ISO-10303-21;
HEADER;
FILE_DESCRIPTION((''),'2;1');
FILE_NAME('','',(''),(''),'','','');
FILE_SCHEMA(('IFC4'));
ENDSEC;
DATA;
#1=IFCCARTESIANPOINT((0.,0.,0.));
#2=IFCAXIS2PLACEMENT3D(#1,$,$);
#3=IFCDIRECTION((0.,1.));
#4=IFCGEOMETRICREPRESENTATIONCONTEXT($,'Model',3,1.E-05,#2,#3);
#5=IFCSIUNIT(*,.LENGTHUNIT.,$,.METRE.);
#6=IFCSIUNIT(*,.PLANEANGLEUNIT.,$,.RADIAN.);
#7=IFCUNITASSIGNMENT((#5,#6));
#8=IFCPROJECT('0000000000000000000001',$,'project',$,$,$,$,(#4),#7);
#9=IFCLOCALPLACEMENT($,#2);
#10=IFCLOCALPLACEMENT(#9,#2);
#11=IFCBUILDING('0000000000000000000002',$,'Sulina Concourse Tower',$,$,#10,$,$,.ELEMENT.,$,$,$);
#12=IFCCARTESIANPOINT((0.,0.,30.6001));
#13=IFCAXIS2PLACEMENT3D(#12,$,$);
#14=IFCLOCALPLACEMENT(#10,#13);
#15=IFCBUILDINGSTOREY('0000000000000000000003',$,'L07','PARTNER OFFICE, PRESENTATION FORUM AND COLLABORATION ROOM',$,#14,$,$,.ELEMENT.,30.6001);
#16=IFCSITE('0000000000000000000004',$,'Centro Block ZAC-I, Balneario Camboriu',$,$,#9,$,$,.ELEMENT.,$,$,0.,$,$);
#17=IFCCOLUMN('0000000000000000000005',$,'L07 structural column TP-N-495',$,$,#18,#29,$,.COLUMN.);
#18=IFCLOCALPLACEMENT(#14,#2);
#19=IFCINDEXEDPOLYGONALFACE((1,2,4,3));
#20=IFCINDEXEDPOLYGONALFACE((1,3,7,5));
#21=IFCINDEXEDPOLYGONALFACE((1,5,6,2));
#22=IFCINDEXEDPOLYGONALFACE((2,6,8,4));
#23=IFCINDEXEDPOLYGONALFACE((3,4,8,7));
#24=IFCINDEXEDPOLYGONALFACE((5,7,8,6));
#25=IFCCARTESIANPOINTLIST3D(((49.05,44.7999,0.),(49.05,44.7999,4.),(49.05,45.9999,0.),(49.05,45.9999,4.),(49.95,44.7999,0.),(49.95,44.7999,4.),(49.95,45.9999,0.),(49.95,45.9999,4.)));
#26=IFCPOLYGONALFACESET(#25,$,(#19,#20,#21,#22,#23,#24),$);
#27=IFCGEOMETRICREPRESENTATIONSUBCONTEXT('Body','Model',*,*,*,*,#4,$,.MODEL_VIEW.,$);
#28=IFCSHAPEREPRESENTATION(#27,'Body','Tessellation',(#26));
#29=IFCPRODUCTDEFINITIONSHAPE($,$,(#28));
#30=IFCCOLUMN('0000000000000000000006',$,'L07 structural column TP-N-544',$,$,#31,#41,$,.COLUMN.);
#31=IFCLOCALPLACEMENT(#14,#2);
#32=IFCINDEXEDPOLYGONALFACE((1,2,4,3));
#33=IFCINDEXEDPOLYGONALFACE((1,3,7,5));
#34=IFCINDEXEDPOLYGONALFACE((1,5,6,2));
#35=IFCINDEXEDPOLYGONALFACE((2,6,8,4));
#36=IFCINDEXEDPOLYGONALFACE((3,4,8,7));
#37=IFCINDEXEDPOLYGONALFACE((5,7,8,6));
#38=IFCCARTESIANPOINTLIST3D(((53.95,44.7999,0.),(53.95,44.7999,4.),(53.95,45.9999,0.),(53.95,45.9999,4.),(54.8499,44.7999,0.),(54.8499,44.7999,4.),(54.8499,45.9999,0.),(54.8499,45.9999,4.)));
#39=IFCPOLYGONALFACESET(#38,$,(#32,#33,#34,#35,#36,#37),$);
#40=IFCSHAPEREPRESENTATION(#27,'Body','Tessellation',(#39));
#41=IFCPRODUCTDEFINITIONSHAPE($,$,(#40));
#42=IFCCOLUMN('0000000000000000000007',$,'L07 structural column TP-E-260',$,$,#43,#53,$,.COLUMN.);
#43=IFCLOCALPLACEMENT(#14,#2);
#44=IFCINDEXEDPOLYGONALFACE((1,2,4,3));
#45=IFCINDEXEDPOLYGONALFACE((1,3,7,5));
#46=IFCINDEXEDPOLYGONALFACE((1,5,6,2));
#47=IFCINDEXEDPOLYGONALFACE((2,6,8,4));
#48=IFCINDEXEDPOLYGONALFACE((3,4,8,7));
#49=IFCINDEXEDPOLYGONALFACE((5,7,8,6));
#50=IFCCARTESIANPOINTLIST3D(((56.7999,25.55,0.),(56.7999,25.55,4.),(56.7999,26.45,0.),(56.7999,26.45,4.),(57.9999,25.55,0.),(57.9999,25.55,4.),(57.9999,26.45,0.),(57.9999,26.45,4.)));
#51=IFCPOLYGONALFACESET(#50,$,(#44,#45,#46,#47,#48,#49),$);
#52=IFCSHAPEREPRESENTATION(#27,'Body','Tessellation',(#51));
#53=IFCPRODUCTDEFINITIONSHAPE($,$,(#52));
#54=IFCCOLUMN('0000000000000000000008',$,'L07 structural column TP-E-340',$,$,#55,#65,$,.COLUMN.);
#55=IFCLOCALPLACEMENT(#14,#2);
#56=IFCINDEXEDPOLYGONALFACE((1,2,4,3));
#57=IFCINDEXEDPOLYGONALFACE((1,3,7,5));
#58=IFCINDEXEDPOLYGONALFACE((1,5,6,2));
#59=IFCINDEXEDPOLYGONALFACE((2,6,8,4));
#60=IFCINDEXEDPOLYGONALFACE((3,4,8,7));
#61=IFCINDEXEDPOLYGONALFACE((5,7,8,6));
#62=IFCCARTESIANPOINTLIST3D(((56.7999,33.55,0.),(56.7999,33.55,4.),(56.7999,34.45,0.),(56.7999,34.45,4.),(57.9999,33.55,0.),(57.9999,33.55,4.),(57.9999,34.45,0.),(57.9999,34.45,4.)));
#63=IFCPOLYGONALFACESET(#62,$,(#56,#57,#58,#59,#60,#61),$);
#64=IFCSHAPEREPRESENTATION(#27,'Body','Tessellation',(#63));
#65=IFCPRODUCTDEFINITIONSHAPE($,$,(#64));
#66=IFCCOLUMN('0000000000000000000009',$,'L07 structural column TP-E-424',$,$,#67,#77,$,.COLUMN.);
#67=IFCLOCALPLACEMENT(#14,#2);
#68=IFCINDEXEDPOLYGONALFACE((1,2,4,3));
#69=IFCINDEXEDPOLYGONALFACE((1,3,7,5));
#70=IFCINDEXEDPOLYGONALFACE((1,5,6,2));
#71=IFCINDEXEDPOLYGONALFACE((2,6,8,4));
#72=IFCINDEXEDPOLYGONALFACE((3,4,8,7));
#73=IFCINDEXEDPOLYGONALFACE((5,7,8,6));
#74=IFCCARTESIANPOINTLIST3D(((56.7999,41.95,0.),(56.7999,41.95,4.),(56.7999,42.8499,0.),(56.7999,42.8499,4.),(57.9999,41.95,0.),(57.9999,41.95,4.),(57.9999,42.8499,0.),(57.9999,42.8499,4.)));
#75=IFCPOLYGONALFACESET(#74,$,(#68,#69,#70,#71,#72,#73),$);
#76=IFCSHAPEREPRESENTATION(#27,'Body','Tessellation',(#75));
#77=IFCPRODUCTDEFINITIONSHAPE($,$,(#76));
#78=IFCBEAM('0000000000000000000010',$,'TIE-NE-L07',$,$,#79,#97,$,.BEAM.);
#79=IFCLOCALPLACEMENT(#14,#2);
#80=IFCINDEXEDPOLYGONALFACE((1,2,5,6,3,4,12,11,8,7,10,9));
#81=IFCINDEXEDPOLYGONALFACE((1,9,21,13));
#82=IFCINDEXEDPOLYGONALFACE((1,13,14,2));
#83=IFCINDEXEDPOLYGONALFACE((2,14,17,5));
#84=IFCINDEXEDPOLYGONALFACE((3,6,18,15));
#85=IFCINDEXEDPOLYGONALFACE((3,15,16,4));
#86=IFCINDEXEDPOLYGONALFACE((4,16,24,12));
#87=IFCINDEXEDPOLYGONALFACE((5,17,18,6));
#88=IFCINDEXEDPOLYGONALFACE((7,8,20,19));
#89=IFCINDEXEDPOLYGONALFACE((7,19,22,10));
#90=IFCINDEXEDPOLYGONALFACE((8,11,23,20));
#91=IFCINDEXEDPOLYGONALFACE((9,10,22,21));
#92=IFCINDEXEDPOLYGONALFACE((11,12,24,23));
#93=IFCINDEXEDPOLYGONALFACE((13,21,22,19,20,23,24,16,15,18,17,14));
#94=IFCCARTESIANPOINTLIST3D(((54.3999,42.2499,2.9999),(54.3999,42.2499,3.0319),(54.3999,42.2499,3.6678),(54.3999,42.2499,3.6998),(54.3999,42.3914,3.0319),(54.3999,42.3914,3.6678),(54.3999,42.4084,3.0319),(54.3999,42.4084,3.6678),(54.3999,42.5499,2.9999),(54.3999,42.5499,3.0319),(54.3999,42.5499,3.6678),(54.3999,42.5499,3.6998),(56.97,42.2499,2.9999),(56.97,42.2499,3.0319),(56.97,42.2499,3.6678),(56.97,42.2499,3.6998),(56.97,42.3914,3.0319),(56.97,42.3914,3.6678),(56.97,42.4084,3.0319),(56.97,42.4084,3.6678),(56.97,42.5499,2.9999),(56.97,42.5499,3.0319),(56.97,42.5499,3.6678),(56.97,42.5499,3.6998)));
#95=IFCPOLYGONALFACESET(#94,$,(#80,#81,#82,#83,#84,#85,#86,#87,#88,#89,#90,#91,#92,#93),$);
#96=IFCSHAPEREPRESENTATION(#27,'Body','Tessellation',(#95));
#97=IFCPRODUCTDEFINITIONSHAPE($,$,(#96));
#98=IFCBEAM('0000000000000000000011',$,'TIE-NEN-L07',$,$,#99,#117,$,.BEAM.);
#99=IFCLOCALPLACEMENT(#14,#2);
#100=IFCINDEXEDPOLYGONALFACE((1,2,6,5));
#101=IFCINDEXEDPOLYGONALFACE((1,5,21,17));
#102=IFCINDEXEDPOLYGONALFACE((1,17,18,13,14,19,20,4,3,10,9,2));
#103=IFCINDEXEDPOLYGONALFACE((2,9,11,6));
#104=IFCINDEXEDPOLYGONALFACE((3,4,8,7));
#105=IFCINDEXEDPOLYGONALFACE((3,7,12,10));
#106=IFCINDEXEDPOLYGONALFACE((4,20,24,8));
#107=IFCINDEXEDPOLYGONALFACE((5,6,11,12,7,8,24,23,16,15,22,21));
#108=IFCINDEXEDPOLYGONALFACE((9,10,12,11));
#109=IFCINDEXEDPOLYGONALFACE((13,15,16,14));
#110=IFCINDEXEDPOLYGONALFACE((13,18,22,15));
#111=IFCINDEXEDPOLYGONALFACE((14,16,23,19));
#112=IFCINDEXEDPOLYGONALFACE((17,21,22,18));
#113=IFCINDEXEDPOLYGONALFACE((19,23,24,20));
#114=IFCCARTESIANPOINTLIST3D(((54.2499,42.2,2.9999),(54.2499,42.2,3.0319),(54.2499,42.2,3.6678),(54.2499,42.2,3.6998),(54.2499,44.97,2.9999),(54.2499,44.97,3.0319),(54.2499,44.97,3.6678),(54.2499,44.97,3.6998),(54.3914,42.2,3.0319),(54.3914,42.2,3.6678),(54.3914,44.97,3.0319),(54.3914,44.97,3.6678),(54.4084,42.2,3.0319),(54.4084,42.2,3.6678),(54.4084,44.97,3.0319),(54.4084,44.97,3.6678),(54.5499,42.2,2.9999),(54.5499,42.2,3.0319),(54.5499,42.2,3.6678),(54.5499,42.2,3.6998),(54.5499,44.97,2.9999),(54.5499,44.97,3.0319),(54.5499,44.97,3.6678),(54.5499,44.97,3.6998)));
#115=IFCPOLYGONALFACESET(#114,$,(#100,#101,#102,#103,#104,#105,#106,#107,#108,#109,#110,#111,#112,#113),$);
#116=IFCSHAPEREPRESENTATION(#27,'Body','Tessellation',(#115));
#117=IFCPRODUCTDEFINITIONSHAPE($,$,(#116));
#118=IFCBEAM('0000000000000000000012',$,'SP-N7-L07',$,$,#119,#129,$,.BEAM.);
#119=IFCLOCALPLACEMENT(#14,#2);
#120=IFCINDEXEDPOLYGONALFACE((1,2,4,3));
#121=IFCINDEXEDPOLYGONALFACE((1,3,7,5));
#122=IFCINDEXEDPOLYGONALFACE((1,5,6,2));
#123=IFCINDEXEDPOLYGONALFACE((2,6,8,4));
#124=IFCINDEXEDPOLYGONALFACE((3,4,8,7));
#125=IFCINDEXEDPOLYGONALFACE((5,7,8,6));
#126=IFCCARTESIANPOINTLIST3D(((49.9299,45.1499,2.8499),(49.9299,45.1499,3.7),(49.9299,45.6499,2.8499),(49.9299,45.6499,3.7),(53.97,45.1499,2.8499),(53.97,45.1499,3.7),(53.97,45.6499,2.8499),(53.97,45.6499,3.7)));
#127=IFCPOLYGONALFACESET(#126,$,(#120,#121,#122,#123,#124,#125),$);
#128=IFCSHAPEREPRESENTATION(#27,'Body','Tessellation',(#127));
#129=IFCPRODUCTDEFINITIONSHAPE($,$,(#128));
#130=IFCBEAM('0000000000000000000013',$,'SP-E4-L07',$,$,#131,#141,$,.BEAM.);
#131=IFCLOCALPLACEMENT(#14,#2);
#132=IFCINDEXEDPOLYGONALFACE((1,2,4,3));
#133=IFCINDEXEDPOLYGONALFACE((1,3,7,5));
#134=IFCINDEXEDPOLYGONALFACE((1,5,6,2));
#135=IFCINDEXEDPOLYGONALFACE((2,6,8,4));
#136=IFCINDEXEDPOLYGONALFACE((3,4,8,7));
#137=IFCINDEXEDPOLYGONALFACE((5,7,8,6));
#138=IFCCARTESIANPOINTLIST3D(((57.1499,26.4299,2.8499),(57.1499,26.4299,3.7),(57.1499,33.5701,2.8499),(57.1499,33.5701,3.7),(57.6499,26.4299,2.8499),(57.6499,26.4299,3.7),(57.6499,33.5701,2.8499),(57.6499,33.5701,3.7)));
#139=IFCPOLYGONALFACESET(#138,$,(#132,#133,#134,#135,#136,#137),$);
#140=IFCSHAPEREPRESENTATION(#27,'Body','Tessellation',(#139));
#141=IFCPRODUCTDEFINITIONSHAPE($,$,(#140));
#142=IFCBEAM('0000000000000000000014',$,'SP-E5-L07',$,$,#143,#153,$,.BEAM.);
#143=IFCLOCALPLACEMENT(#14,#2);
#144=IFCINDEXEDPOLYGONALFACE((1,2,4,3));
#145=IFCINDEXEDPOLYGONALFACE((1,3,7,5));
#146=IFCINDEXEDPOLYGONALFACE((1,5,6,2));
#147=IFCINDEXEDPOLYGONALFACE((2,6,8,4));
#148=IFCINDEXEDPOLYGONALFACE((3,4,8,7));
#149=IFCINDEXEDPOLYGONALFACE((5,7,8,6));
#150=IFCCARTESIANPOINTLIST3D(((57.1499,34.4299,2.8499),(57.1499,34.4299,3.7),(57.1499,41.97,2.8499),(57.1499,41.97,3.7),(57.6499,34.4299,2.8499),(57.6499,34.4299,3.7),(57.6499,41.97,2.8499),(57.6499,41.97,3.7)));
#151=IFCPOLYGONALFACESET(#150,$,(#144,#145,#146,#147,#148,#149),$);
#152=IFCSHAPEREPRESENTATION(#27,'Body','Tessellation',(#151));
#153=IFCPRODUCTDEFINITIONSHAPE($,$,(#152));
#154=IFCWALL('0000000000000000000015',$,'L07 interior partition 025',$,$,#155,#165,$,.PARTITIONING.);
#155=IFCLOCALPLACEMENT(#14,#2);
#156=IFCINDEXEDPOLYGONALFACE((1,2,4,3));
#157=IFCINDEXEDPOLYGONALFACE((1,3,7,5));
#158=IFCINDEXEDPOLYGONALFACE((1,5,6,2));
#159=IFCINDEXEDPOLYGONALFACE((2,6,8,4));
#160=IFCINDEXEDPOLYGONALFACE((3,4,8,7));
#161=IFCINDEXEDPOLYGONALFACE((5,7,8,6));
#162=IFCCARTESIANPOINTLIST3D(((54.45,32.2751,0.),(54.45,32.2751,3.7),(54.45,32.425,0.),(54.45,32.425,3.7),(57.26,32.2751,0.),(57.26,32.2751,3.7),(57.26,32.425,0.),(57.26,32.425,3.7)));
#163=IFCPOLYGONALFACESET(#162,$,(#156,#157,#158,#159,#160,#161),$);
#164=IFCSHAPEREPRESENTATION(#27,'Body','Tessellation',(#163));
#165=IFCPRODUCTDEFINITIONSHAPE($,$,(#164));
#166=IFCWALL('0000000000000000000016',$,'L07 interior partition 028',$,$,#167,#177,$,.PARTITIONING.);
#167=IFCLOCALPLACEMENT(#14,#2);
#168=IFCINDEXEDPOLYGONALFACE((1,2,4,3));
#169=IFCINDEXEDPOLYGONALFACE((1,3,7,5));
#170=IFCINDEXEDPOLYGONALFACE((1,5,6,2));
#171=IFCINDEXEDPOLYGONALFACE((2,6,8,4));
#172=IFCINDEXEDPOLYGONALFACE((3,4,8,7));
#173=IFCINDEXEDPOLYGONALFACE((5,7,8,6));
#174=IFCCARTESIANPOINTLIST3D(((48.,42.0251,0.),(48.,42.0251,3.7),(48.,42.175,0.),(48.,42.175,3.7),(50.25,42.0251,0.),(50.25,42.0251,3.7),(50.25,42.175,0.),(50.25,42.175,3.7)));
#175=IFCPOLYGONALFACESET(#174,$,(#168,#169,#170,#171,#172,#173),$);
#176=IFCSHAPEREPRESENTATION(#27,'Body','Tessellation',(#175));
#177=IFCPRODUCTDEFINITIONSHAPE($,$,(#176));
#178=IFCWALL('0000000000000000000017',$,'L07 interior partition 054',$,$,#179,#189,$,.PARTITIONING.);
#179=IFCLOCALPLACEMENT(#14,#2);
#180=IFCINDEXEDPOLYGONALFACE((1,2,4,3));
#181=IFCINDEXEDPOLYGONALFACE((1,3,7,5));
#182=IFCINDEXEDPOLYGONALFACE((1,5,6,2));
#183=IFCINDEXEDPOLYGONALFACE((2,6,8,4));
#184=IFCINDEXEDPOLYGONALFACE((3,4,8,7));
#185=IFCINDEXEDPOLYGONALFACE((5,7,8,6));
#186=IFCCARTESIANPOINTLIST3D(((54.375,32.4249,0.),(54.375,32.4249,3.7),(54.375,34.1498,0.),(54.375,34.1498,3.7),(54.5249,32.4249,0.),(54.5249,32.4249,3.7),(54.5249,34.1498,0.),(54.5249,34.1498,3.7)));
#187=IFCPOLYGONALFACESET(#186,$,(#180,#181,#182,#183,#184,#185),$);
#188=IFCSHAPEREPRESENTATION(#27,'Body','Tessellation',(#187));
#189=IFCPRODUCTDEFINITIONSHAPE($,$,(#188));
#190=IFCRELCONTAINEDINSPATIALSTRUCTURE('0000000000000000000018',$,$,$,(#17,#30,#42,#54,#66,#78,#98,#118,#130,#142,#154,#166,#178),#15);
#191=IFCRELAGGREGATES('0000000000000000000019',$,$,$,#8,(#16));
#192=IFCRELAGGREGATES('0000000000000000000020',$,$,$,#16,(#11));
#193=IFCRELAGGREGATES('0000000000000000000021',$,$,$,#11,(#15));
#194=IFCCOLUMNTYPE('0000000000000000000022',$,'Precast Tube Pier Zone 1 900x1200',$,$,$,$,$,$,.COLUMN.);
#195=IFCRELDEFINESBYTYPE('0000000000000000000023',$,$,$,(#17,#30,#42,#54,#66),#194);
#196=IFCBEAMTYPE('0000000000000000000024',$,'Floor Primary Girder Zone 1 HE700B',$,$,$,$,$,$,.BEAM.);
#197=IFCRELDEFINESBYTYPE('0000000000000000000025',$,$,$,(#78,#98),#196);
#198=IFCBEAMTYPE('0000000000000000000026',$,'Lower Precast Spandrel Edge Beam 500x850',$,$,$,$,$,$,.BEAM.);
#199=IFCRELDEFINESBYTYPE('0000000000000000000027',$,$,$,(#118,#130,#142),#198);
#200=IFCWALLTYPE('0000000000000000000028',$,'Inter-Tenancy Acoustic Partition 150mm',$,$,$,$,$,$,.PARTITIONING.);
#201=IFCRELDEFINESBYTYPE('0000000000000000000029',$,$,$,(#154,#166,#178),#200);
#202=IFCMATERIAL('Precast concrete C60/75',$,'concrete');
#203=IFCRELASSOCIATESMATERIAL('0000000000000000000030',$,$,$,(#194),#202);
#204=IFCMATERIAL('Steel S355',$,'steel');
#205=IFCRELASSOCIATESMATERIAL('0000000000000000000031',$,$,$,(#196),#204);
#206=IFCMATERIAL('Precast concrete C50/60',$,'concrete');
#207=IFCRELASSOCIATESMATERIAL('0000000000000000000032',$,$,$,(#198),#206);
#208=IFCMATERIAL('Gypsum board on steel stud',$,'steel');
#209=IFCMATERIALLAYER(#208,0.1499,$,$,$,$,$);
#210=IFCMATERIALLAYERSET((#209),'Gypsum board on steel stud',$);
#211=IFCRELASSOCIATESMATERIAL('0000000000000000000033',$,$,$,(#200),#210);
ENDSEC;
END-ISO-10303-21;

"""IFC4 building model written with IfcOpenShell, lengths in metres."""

from ifc_helpers import new_model, si_unit, direction, frame, frame_2d, origin, origin_2d, place, context, subcontext, project, spatial, rectangle, i_section, extrude, material, layer, layer_set, material_profile, profile_set, type_object, element, save


model = new_model("IFC4")

# Units and contexts
model_context = context("Model", 3, precision=1e-05, world=origin(), true_north=direction((0.0, 1.0)))
body_context = subcontext(model_context, "Body", "Model", "MODEL_VIEW")
ifc_project = project(units=[si_unit("LENGTHUNIT", "METRE"), si_unit("PLANEANGLEUNIT", "RADIAN")], contexts=[model_context])

# Site, building, storey
site_placement = place(None, origin())
site = spatial("IfcSite", under=ifc_project, at=site_placement, Name="Centro Block ZAC-I, Balneario Camboriu", CompositionType="ELEMENT", RefElevation=0.0)
building_placement = place(site_placement, origin())
building = spatial("IfcBuilding", under=site, at=building_placement, Name="Sulina Concourse Tower", CompositionType="ELEMENT")
storey_placement = place(building_placement, frame((0.0, 0.0, 30.6001)))
storey = spatial("IfcBuildingStorey", under=building, at=storey_placement, Name="L07", Description="PARTNER OFFICE, PRESENTATION FORUM AND COLLABORATION ROOM", CompositionType="ELEMENT", Elevation=30.6001)

# Columns
ifc_material_1 = material(Name="Precast concrete C60/75", Category="concrete")
ifc_material_profile_1 = material_profile(ifc_material_1, rectangle(XDim=0.8999, YDim=1.2, at=origin_2d()), Name="PC 900x1200")
ifc_profile_set_1 = profile_set([ifc_material_profile_1], Name="Precast concrete C60/75")
column_type = type_object("IfcColumnType", Name="Precast Tube Pier Zone 1 900x1200", PredefinedType="COLUMN", material=ifc_profile_set_1)
for number, where, z_axis, x_axis, name in (
    (1, (49.5, 45.3999, 0.0), (0.0, 0.0, 1.0), (1.0, 0.0, 0.0), "L07 structural column TP-N-495"),
    (2, (54.3999, 45.3999, 0.0), (0.0, 0.0, 1.0), (1.0, 0.0, 0.0), "L07 structural column TP-N-544"),
    (3, (57.3999, 26.0, 0.0), (0.0, 0.0, 1.0), (0.0, 1.0, 0.0), "L07 structural column TP-E-260"),
    (4, (57.3999, 34.0, 0.0), (0.0, 0.0, 1.0), (0.0, 1.0, 0.0), "L07 structural column TP-E-340"),
    (5, (57.3999, 42.3999, 0.0), (0.0, 0.0, 1.0), (0.0, 1.0, 0.0), "L07 structural column TP-E-424"),
):
    element("IfcColumn", number, at=place(storey_placement, frame(where, z_axis=z_axis, x_axis=x_axis)), inside=storey, type_object=column_type, Name=name, PredefinedType="COLUMN", context=body_context, shape_type="SweptSolid", body=[
        extrude(rectangle(XDim=0.8999, YDim=1.2, at=origin_2d()), origin(), (0.0, 0.0, 1.0), 4.0),
    ])

# Beams
ifc_material_2 = material(Name="Steel S355", Category="steel")
ifc_material_profile_2 = material_profile(ifc_material_2, i_section(OverallWidth=0.3, OverallDepth=0.7, WebThickness=0.0171, FlangeThickness=0.032, at=origin_2d()), Name="HE 700 B")
ifc_profile_set_2 = profile_set([ifc_material_profile_2], Name="Steel S355")
beam_type_1 = type_object("IfcBeamType", Name="Floor Primary Girder Zone 1 HE700B", PredefinedType="BEAM", material=ifc_profile_set_2)
beam_1_placement = place(storey_placement, frame((54.3999, 42.3999, 3.3499), z_axis=(1.0, 0.0, 0.0), x_axis=(0.0, 1.0, 0.0)))
element("IfcBeam", 6, at=beam_1_placement, inside=storey, type_object=beam_type_1, Name="TIE-NE-L07", PredefinedType="BEAM", context=body_context, shape_type="SweptSolid", body=[
    extrude(i_section(OverallWidth=0.3, OverallDepth=0.7, WebThickness=0.0171, FlangeThickness=0.032, at=origin_2d()), origin(), (0.0, 0.0, 1.0), 2.5701),
])
beam_2_placement = place(storey_placement, frame((54.3999, 42.2, 3.3499), z_axis=(0.0, 1.0, 0.0), x_axis=(-1.0, 0.0, 0.0)))
element("IfcBeam", 7, at=beam_2_placement, inside=storey, type_object=beam_type_1, Name="TIE-NEN-L07", PredefinedType="BEAM", context=body_context, shape_type="SweptSolid", body=[
    extrude(i_section(OverallWidth=0.3, OverallDepth=0.7, WebThickness=0.0171, FlangeThickness=0.032, at=origin_2d()), origin(), (0.0, 0.0, 1.0), 2.77),
])
ifc_material_3 = material(Name="Precast concrete C50/60", Category="concrete")
ifc_material_profile_3 = material_profile(ifc_material_3, rectangle(XDim=0.5, YDim=0.8501, at=origin_2d()), Name="RC 500x850")
ifc_profile_set_3 = profile_set([ifc_material_profile_3], Name="Precast concrete C50/60")
beam_type_2 = type_object("IfcBeamType", Name="Lower Precast Spandrel Edge Beam 500x850", PredefinedType="BEAM", material=ifc_profile_set_3)
beam_3_placement = place(storey_placement, frame((49.9299, 45.3999, 3.2749), z_axis=(1.0, 0.0, 0.0), x_axis=(0.0, 1.0, 0.0)))
element("IfcBeam", 8, at=beam_3_placement, inside=storey, type_object=beam_type_2, Name="SP-N7-L07", PredefinedType="BEAM", context=body_context, shape_type="SweptSolid", body=[
    extrude(rectangle(XDim=0.5, YDim=0.8501, at=origin_2d()), origin(), (0.0, 0.0, 1.0), 4.04),
])
beam_4_placement = place(storey_placement, frame((57.3999, 26.4299, 3.2749), z_axis=(0.0, 1.0, 0.0), x_axis=(-1.0, 0.0, 0.0)))
element("IfcBeam", 9, at=beam_4_placement, inside=storey, type_object=beam_type_2, Name="SP-E4-L07", PredefinedType="BEAM", context=body_context, shape_type="SweptSolid", body=[
    extrude(rectangle(XDim=0.5, YDim=0.8501, at=origin_2d()), origin(), (0.0, 0.0, 1.0), 7.1401),
])
beam_5_placement = place(storey_placement, frame((57.3999, 34.4299, 3.2749), z_axis=(0.0, 1.0, 0.0), x_axis=(-1.0, 0.0, 0.0)))
element("IfcBeam", 10, at=beam_5_placement, inside=storey, type_object=beam_type_2, Name="SP-E5-L07", PredefinedType="BEAM", context=body_context, shape_type="SweptSolid", body=[
    extrude(rectangle(XDim=0.5, YDim=0.8501, at=origin_2d()), origin(), (0.0, 0.0, 1.0), 7.54),
])

# Shared definitions
ifc_material_4 = material(Name="Gypsum board on steel stud", Category="steel")
ifc_layer_1 = layer(ifc_material_4, 0.1499)
ifc_layer_set_1 = layer_set([ifc_layer_1], Name="Gypsum board on steel stud")
wall_type_1 = type_object("IfcWallType", Name="Inter-Tenancy Acoustic Partition 150mm", PredefinedType="PARTITIONING", material=ifc_layer_set_1)

# Walls
wall_1_placement = place(storey_placement, frame((54.45, 32.3501, 0.0), z_axis=(0.0, 0.0, 1.0), x_axis=(1.0, 0.0, 0.0)))
element("IfcWall", 11, at=wall_1_placement, inside=storey, type_object=wall_type_1, Name="L07 interior partition 025", PredefinedType="PARTITIONING", context=body_context, shape_type="SweptSolid", body=[
    extrude(rectangle(XDim=2.8101, YDim=0.1499, at=frame_2d((1.405, 0.0))), origin(), (0.0, 0.0, 1.0), 3.7),
])
wall_2_placement = place(storey_placement, frame((48.0, 42.1001, 0.0), z_axis=(0.0, 0.0, 1.0), x_axis=(1.0, 0.0, 0.0)))
element("IfcWall", 12, at=wall_2_placement, inside=storey, type_object=wall_type_1, Name="L07 interior partition 028", PredefinedType="PARTITIONING", context=body_context, shape_type="SweptSolid", body=[
    extrude(rectangle(XDim=2.25, YDim=0.1499, at=frame_2d((1.125, 0.0))), origin(), (0.0, 0.0, 1.0), 3.7),
])
wall_3_placement = place(storey_placement, frame((54.45, 32.425, 0.0), z_axis=(0.0, 0.0, 1.0), x_axis=(0.0, 1.0, 0.0)))
element("IfcWall", 13, at=wall_3_placement, inside=storey, type_object=wall_type_1, Name="L07 interior partition 054", PredefinedType="PARTITIONING", context=body_context, shape_type="SweptSolid", body=[
    extrude(rectangle(XDim=1.7249, YDim=0.1499, at=frame_2d((0.8623, 0.0))), origin(), (0.0, 0.0, 1.0), 3.7),
])

save(model, "model.ifc")
